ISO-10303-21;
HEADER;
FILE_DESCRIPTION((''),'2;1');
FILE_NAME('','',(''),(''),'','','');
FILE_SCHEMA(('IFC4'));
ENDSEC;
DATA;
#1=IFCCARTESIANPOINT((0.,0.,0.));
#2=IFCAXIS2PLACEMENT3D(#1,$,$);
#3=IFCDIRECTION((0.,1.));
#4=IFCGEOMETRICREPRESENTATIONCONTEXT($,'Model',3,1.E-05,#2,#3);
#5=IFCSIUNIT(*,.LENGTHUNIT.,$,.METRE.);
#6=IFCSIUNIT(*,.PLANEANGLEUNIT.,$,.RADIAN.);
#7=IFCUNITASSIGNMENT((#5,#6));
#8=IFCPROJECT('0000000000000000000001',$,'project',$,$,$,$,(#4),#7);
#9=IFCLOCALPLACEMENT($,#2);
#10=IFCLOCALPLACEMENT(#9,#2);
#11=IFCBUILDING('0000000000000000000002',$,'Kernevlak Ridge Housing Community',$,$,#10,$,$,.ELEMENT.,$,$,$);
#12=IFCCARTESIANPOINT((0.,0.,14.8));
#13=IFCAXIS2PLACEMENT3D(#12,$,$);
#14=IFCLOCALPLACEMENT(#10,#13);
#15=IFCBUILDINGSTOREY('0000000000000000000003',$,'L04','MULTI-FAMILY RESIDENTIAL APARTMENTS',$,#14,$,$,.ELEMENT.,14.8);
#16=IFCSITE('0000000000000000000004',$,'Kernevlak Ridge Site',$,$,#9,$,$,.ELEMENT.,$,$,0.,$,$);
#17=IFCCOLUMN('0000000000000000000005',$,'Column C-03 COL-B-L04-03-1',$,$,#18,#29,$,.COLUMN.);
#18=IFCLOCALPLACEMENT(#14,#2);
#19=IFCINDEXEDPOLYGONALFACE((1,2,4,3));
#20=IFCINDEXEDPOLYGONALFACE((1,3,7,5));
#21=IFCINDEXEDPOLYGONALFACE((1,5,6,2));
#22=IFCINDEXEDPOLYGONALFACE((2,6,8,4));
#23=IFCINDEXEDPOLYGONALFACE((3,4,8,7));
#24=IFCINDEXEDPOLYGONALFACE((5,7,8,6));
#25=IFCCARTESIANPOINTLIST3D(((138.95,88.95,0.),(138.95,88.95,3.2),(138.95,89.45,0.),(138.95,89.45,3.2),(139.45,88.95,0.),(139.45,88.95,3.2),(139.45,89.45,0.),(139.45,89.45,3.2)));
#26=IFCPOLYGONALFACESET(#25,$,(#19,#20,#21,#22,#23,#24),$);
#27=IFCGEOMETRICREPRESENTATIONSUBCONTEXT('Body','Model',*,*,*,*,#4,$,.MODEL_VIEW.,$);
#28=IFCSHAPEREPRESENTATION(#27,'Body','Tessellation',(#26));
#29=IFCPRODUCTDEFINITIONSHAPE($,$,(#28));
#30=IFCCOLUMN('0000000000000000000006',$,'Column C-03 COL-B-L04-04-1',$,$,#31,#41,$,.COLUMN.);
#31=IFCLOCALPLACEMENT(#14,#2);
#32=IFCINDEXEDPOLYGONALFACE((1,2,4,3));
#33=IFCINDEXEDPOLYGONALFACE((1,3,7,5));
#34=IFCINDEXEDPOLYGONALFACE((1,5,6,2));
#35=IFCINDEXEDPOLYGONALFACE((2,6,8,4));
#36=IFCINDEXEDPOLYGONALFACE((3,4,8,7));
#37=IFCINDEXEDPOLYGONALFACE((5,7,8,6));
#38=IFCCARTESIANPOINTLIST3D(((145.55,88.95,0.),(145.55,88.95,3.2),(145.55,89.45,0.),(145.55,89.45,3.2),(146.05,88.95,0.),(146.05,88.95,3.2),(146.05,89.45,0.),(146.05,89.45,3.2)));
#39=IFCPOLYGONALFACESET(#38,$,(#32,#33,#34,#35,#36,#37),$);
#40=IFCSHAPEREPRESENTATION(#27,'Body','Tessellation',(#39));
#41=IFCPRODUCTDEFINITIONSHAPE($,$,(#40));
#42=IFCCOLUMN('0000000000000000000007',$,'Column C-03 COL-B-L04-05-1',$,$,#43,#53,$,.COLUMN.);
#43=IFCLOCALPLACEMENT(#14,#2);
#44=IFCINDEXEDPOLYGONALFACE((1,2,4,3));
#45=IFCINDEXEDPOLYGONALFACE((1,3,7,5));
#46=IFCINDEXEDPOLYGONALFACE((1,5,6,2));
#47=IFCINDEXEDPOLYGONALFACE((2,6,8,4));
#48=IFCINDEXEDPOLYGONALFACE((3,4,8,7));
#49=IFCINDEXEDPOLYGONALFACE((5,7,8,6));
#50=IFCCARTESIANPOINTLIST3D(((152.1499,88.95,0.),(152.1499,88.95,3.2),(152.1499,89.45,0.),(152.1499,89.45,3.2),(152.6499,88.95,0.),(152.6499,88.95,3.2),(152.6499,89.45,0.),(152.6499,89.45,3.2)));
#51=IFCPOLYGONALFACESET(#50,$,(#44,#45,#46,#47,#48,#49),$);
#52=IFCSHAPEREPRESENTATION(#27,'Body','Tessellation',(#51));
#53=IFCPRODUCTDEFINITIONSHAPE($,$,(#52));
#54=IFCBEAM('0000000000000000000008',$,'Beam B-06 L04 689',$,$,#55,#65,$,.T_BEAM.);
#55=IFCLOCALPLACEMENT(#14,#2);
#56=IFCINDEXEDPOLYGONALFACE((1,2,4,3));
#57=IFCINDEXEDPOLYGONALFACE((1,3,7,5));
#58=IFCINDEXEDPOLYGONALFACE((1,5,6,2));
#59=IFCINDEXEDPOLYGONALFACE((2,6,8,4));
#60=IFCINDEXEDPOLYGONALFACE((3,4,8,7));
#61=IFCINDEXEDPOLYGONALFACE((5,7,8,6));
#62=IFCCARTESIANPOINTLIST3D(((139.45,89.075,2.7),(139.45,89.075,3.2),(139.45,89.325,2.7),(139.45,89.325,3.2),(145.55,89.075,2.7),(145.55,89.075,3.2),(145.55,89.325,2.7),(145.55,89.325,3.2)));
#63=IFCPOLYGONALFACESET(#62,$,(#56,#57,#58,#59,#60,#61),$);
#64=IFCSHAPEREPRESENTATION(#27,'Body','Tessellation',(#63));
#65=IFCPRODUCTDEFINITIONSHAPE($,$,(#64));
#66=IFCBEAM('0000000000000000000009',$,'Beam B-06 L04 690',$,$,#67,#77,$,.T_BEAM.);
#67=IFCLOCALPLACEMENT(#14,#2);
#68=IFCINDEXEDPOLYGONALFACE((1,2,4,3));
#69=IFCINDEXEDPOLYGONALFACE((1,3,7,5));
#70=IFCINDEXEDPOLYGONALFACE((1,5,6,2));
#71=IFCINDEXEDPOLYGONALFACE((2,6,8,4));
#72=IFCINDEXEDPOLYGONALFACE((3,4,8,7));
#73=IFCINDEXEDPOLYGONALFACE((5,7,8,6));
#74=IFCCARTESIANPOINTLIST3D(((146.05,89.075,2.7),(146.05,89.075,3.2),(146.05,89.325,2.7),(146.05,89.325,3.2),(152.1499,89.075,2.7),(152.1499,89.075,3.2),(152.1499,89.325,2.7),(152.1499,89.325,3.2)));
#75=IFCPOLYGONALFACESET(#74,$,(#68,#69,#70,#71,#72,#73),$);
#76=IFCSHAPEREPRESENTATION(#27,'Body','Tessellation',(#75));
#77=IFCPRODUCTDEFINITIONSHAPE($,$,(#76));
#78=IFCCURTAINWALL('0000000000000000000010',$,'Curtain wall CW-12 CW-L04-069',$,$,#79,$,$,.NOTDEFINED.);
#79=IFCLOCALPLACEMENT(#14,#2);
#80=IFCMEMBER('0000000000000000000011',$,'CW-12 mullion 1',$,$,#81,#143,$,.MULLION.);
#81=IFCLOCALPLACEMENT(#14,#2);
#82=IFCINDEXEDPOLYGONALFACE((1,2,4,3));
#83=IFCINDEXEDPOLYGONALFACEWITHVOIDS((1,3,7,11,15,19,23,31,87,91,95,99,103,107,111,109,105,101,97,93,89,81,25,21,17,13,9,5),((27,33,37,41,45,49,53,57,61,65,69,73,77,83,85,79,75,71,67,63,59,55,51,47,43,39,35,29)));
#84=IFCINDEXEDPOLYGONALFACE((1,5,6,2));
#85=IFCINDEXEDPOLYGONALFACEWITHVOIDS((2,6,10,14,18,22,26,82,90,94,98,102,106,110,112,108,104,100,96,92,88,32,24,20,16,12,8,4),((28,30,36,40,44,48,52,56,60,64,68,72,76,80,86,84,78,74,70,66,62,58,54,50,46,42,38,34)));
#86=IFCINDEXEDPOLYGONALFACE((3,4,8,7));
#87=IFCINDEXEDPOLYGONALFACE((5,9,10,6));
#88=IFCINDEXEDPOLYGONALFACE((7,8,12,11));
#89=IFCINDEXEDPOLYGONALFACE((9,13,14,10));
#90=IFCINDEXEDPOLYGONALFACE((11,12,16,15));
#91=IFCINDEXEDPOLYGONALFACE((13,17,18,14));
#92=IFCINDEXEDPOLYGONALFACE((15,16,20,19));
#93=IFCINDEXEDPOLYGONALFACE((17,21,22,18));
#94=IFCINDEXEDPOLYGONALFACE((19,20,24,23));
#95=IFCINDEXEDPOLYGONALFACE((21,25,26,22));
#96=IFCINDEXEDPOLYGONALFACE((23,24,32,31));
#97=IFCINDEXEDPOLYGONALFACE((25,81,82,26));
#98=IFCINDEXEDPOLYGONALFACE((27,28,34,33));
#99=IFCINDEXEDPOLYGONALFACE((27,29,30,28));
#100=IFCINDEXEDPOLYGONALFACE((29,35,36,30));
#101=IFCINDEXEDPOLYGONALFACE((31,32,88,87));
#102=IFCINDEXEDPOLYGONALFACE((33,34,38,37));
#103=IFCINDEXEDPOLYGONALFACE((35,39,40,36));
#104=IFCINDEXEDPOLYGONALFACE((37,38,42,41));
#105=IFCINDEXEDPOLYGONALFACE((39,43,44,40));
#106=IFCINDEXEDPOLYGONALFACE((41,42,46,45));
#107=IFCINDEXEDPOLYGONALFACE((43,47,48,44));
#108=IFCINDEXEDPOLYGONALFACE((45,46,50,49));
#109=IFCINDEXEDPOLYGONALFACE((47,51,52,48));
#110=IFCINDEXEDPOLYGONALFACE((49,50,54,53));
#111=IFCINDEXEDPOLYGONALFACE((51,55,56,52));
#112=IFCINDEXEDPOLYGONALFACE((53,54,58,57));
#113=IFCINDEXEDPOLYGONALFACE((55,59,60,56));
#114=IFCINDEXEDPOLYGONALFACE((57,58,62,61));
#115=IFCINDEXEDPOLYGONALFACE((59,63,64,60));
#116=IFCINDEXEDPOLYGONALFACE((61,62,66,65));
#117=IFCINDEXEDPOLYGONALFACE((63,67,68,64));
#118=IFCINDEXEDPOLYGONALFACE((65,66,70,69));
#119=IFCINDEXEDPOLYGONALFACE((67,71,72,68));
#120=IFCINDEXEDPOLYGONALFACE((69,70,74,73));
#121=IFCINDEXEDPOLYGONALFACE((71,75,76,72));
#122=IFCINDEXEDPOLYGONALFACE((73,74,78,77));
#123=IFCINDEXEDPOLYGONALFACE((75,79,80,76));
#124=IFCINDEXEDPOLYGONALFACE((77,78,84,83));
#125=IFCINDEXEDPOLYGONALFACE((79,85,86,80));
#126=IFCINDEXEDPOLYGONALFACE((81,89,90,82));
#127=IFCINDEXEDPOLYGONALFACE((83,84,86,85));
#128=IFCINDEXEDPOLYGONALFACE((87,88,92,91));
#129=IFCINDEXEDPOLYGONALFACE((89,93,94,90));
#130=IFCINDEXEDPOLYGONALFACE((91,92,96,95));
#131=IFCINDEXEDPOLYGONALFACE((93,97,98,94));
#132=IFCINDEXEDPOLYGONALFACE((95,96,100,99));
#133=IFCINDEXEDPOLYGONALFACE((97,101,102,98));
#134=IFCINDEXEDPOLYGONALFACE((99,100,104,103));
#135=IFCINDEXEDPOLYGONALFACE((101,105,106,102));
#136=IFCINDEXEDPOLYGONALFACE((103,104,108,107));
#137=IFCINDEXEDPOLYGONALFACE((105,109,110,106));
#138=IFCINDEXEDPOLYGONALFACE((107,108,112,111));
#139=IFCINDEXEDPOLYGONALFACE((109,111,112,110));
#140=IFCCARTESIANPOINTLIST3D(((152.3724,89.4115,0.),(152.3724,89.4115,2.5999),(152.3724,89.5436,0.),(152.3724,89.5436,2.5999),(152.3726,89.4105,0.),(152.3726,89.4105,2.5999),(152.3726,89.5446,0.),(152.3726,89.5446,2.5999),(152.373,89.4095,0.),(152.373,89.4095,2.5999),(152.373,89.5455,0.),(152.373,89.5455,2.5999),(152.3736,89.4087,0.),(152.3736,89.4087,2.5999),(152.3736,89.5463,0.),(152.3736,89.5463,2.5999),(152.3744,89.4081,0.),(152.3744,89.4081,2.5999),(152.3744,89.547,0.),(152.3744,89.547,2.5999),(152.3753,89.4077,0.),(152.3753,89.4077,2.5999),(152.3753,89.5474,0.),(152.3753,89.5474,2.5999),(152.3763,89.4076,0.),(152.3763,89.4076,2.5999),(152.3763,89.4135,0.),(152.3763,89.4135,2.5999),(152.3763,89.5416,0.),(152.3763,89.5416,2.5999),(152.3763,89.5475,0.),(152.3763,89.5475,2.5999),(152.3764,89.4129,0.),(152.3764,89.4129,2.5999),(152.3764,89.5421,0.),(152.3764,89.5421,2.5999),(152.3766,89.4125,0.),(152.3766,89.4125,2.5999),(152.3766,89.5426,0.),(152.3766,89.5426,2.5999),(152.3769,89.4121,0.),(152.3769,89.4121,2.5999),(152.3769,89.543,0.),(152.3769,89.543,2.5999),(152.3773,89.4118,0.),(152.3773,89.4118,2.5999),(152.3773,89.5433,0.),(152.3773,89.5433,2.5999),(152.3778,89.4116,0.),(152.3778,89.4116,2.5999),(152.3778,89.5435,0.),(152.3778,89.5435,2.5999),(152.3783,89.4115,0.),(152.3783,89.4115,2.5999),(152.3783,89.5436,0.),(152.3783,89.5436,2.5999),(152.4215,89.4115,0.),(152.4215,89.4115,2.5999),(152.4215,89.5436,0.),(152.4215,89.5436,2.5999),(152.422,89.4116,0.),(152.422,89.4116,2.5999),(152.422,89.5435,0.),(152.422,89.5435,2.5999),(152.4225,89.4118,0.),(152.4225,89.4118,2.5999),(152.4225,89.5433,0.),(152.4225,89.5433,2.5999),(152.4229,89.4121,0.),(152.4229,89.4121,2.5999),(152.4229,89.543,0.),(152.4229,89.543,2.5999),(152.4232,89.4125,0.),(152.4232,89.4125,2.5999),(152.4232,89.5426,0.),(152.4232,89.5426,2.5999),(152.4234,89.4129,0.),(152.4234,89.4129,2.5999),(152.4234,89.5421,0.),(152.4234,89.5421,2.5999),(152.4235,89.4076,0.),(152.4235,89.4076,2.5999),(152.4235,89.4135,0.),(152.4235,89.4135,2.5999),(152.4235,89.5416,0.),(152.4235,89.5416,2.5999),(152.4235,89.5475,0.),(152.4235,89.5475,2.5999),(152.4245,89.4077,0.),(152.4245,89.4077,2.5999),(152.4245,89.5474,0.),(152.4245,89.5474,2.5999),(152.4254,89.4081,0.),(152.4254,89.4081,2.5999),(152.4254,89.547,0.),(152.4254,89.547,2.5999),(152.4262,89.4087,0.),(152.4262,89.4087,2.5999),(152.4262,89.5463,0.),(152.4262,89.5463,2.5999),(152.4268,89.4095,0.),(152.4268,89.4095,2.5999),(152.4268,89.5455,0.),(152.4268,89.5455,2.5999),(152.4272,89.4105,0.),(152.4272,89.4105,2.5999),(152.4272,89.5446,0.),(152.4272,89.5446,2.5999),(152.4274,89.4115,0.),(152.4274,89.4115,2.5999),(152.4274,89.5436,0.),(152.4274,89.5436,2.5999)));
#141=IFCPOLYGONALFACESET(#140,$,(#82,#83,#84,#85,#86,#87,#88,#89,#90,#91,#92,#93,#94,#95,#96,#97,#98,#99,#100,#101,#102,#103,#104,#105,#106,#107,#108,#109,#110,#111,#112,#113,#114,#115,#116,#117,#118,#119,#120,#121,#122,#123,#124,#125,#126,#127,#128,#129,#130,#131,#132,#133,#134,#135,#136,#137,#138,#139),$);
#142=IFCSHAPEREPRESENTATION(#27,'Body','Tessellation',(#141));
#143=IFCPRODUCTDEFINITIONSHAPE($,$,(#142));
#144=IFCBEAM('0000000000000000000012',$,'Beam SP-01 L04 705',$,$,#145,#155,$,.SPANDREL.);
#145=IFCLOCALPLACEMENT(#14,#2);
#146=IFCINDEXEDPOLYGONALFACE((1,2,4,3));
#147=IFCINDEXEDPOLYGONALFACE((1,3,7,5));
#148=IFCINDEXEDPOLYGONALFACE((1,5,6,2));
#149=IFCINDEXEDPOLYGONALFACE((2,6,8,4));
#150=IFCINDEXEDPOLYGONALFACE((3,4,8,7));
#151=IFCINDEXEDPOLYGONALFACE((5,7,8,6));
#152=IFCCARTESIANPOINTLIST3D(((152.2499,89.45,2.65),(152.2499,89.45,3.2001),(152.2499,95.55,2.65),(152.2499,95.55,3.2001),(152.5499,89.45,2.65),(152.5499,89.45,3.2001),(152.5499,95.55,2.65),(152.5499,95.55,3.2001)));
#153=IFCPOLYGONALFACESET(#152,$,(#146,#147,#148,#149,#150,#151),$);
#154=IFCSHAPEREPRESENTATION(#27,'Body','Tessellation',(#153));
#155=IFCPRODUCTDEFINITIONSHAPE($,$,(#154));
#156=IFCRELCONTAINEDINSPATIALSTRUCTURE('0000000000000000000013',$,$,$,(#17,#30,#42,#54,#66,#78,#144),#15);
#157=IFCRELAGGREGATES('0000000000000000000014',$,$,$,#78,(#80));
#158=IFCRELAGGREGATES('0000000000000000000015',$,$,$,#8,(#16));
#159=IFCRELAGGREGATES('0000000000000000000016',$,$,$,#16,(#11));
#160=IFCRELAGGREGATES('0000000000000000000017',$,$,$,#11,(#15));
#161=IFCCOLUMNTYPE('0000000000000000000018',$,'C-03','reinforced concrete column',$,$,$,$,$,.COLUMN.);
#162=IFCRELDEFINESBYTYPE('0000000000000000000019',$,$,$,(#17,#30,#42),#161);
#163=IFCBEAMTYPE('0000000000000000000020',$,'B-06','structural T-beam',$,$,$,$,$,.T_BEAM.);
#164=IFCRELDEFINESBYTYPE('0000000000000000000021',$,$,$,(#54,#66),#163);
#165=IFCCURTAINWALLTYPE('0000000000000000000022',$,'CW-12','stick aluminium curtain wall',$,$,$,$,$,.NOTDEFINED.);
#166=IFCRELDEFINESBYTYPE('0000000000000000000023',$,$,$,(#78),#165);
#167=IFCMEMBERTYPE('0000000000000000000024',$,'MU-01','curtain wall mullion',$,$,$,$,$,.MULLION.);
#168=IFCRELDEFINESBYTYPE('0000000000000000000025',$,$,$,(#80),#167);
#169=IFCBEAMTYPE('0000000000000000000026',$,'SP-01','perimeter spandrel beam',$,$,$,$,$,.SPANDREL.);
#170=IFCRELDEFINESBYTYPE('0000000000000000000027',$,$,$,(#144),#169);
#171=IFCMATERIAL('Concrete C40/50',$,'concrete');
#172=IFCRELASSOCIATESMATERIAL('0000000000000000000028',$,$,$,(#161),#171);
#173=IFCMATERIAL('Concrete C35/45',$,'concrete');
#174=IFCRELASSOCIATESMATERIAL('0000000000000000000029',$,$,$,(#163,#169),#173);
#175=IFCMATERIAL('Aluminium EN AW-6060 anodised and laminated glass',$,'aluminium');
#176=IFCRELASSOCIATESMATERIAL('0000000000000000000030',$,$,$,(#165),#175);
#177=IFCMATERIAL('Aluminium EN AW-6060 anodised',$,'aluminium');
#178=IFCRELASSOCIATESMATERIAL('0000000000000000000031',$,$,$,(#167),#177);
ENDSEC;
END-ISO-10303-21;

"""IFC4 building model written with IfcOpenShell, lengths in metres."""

from ifc_helpers import new_model, si_unit, direction, frame, origin, origin_2d, place, context, subcontext, project, spatial, rectangle, hollow_rectangle, extrude, material, material_profile, profile_set, type_object, element, aggregate, save


model = new_model("IFC4")

# Units and contexts
model_context = context("Model", 3, precision=1e-05, world=origin(), true_north=direction((0.0, 1.0)))
body_context = subcontext(model_context, "Body", "Model", "MODEL_VIEW")
ifc_project = project(units=[si_unit("LENGTHUNIT", "METRE"), si_unit("PLANEANGLEUNIT", "RADIAN")], contexts=[model_context])

# Site, building, storey
site_placement = place(None, origin())
site = spatial("IfcSite", under=ifc_project, at=site_placement, Name="Kernevlak Ridge Site", CompositionType="ELEMENT", RefElevation=0.0)
building_placement = place(site_placement, origin())
building = spatial("IfcBuilding", under=site, at=building_placement, Name="Kernevlak Ridge Housing Community", CompositionType="ELEMENT")
storey_placement = place(building_placement, frame((0.0, 0.0, 14.8)))
storey = spatial("IfcBuildingStorey", under=building, at=storey_placement, Name="L04", Description="MULTI-FAMILY RESIDENTIAL APARTMENTS", CompositionType="ELEMENT", Elevation=14.8)

# Columns
ifc_material_1 = material(Name="Concrete C40/50", Category="concrete")
ifc_material_profile_1 = material_profile(ifc_material_1, rectangle(XDim=0.5, YDim=0.5, at=origin_2d()), Name="RC 500x500")
ifc_profile_set_1 = profile_set([ifc_material_profile_1], Name="Concrete C40/50")
column_type = type_object("IfcColumnType", Name="C-03", Description="reinforced concrete column", PredefinedType="COLUMN", material=ifc_profile_set_1)
for number, where, z_axis, x_axis, name in (
    (1, (139.2, 89.2, 0.0), (0.0, 0.0, 1.0), (1.0, 0.0, 0.0), "Column C-03 COL-B-L04-03-1"),
    (2, (145.8, 89.2, 0.0), (0.0, 0.0, 1.0), (1.0, 0.0, 0.0), "Column C-03 COL-B-L04-04-1"),
    (3, (152.3999, 89.2, 0.0), (0.0, 0.0, 1.0), (1.0, 0.0, 0.0), "Column C-03 COL-B-L04-05-1"),
):
    element("IfcColumn", number, at=place(storey_placement, frame(where, z_axis=z_axis, x_axis=x_axis)), inside=storey, type_object=column_type, Name=name, PredefinedType="COLUMN", context=body_context, shape_type="SweptSolid", body=[
        extrude(rectangle(XDim=0.5, YDim=0.5, at=origin_2d()), origin(), (0.0, 0.0, 1.0), 3.2),
    ])

# Beams
ifc_material_2 = material(Name="Concrete C35/45", Category="concrete")
ifc_material_profile_2 = material_profile(ifc_material_2, rectangle(XDim=0.25, YDim=0.5, at=origin_2d()), Name="RC 250x500")
ifc_profile_set_2 = profile_set([ifc_material_profile_2], Name="Concrete C35/45")
beam_type_1 = type_object("IfcBeamType", Name="B-06", Description="structural T-beam", PredefinedType="T_BEAM", material=ifc_profile_set_2)
beam_1_placement = place(storey_placement, frame((139.45, 89.2, 2.95), z_axis=(1.0, 0.0, 0.0), x_axis=(0.0, 1.0, 0.0)))
element("IfcBeam", 4, at=beam_1_placement, inside=storey, type_object=beam_type_1, Name="Beam B-06 L04 689", PredefinedType="T_BEAM", context=body_context, shape_type="SweptSolid", body=[
    extrude(rectangle(XDim=0.25, YDim=0.5, at=origin_2d()), origin(), (0.0, 0.0, 1.0), 6.1001),
])
beam_2_placement = place(storey_placement, frame((146.05, 89.2, 2.95), z_axis=(1.0, 0.0, 0.0), x_axis=(0.0, 1.0, 0.0)))
element("IfcBeam", 5, at=beam_2_placement, inside=storey, type_object=beam_type_1, Name="Beam B-06 L04 690", PredefinedType="T_BEAM", context=body_context, shape_type="SweptSolid", body=[
    extrude(rectangle(XDim=0.25, YDim=0.5, at=origin_2d()), origin(), (0.0, 0.0, 1.0), 6.0999),
])

# Curtain wall, member
ifc_material_3 = material(Name="Aluminium EN AW-6060 anodised and laminated glass", Category="aluminium")
curtain_wall_type = type_object("IfcCurtainWallType", Name="CW-12", Description="stick aluminium curtain wall", PredefinedType="NOTDEFINED", material=ifc_material_3)
curtain_wall_placement = place(storey_placement, origin())
curtain_wall = element("IfcCurtainWall", 6, at=curtain_wall_placement, inside=storey, type_object=curtain_wall_type, Name="Curtain wall CW-12 CW-L04-069", PredefinedType="NOTDEFINED")
ifc_material_4 = material(Name="Aluminium EN AW-6060 anodised", Category="aluminium")
ifc_material_profile_3 = material_profile(ifc_material_4, hollow_rectangle(XDim=0.0549, YDim=0.1399, WallThickness=0.0039, InnerFilletRadius=0.002, OuterFilletRadius=0.0039, at=origin_2d()), Name="ALU 55x140x4")
ifc_profile_set_3 = profile_set([ifc_material_profile_3], Name="Aluminium EN AW-6060 anodised")
member_type_1 = type_object("IfcMemberType", Name="MU-01", Description="curtain wall mullion", PredefinedType="MULLION", material=ifc_profile_set_3)
member_1_placement = place(storey_placement, frame((152.3999, 89.4775, 0.0), z_axis=(0.0, 0.0, 1.0), x_axis=(-1.0, 0.0, 0.0)))
member_1 = element("IfcMember", 7, at=member_1_placement, type_object=member_type_1, Name="CW-12 mullion 1", PredefinedType="MULLION", context=body_context, shape_type="SweptSolid", body=[
    extrude(hollow_rectangle(XDim=0.0549, YDim=0.1399, WallThickness=0.0039, InnerFilletRadius=0.002, OuterFilletRadius=0.0039, at=origin_2d()), origin(), (0.0, 0.0, 1.0), 2.5999),
])

# Beam
ifc_material_profile_4 = material_profile(ifc_material_2, rectangle(XDim=0.3, YDim=0.55, at=origin_2d()), Name="RC 300x550")
ifc_profile_set_4 = profile_set([ifc_material_profile_4], Name="Concrete C35/45")
beam_type_2 = type_object("IfcBeamType", Name="SP-01", Description="perimeter spandrel beam", PredefinedType="SPANDREL", material=ifc_profile_set_4)
beam_3_placement = place(storey_placement, frame((152.3999, 89.45, 2.925), z_axis=(0.0, 1.0, 0.0), x_axis=(-1.0, 0.0, 0.0)))
element("IfcBeam", 8, at=beam_3_placement, inside=storey, type_object=beam_type_2, Name="Beam SP-01 L04 705", PredefinedType="SPANDREL", context=body_context, shape_type="SweptSolid", body=[
    extrude(rectangle(XDim=0.3, YDim=0.55, at=origin_2d()), origin(), (0.0, 0.0, 1.0), 6.1001),
])

aggregate(curtain_wall, [member_1])

save(model, "model.ifc")
